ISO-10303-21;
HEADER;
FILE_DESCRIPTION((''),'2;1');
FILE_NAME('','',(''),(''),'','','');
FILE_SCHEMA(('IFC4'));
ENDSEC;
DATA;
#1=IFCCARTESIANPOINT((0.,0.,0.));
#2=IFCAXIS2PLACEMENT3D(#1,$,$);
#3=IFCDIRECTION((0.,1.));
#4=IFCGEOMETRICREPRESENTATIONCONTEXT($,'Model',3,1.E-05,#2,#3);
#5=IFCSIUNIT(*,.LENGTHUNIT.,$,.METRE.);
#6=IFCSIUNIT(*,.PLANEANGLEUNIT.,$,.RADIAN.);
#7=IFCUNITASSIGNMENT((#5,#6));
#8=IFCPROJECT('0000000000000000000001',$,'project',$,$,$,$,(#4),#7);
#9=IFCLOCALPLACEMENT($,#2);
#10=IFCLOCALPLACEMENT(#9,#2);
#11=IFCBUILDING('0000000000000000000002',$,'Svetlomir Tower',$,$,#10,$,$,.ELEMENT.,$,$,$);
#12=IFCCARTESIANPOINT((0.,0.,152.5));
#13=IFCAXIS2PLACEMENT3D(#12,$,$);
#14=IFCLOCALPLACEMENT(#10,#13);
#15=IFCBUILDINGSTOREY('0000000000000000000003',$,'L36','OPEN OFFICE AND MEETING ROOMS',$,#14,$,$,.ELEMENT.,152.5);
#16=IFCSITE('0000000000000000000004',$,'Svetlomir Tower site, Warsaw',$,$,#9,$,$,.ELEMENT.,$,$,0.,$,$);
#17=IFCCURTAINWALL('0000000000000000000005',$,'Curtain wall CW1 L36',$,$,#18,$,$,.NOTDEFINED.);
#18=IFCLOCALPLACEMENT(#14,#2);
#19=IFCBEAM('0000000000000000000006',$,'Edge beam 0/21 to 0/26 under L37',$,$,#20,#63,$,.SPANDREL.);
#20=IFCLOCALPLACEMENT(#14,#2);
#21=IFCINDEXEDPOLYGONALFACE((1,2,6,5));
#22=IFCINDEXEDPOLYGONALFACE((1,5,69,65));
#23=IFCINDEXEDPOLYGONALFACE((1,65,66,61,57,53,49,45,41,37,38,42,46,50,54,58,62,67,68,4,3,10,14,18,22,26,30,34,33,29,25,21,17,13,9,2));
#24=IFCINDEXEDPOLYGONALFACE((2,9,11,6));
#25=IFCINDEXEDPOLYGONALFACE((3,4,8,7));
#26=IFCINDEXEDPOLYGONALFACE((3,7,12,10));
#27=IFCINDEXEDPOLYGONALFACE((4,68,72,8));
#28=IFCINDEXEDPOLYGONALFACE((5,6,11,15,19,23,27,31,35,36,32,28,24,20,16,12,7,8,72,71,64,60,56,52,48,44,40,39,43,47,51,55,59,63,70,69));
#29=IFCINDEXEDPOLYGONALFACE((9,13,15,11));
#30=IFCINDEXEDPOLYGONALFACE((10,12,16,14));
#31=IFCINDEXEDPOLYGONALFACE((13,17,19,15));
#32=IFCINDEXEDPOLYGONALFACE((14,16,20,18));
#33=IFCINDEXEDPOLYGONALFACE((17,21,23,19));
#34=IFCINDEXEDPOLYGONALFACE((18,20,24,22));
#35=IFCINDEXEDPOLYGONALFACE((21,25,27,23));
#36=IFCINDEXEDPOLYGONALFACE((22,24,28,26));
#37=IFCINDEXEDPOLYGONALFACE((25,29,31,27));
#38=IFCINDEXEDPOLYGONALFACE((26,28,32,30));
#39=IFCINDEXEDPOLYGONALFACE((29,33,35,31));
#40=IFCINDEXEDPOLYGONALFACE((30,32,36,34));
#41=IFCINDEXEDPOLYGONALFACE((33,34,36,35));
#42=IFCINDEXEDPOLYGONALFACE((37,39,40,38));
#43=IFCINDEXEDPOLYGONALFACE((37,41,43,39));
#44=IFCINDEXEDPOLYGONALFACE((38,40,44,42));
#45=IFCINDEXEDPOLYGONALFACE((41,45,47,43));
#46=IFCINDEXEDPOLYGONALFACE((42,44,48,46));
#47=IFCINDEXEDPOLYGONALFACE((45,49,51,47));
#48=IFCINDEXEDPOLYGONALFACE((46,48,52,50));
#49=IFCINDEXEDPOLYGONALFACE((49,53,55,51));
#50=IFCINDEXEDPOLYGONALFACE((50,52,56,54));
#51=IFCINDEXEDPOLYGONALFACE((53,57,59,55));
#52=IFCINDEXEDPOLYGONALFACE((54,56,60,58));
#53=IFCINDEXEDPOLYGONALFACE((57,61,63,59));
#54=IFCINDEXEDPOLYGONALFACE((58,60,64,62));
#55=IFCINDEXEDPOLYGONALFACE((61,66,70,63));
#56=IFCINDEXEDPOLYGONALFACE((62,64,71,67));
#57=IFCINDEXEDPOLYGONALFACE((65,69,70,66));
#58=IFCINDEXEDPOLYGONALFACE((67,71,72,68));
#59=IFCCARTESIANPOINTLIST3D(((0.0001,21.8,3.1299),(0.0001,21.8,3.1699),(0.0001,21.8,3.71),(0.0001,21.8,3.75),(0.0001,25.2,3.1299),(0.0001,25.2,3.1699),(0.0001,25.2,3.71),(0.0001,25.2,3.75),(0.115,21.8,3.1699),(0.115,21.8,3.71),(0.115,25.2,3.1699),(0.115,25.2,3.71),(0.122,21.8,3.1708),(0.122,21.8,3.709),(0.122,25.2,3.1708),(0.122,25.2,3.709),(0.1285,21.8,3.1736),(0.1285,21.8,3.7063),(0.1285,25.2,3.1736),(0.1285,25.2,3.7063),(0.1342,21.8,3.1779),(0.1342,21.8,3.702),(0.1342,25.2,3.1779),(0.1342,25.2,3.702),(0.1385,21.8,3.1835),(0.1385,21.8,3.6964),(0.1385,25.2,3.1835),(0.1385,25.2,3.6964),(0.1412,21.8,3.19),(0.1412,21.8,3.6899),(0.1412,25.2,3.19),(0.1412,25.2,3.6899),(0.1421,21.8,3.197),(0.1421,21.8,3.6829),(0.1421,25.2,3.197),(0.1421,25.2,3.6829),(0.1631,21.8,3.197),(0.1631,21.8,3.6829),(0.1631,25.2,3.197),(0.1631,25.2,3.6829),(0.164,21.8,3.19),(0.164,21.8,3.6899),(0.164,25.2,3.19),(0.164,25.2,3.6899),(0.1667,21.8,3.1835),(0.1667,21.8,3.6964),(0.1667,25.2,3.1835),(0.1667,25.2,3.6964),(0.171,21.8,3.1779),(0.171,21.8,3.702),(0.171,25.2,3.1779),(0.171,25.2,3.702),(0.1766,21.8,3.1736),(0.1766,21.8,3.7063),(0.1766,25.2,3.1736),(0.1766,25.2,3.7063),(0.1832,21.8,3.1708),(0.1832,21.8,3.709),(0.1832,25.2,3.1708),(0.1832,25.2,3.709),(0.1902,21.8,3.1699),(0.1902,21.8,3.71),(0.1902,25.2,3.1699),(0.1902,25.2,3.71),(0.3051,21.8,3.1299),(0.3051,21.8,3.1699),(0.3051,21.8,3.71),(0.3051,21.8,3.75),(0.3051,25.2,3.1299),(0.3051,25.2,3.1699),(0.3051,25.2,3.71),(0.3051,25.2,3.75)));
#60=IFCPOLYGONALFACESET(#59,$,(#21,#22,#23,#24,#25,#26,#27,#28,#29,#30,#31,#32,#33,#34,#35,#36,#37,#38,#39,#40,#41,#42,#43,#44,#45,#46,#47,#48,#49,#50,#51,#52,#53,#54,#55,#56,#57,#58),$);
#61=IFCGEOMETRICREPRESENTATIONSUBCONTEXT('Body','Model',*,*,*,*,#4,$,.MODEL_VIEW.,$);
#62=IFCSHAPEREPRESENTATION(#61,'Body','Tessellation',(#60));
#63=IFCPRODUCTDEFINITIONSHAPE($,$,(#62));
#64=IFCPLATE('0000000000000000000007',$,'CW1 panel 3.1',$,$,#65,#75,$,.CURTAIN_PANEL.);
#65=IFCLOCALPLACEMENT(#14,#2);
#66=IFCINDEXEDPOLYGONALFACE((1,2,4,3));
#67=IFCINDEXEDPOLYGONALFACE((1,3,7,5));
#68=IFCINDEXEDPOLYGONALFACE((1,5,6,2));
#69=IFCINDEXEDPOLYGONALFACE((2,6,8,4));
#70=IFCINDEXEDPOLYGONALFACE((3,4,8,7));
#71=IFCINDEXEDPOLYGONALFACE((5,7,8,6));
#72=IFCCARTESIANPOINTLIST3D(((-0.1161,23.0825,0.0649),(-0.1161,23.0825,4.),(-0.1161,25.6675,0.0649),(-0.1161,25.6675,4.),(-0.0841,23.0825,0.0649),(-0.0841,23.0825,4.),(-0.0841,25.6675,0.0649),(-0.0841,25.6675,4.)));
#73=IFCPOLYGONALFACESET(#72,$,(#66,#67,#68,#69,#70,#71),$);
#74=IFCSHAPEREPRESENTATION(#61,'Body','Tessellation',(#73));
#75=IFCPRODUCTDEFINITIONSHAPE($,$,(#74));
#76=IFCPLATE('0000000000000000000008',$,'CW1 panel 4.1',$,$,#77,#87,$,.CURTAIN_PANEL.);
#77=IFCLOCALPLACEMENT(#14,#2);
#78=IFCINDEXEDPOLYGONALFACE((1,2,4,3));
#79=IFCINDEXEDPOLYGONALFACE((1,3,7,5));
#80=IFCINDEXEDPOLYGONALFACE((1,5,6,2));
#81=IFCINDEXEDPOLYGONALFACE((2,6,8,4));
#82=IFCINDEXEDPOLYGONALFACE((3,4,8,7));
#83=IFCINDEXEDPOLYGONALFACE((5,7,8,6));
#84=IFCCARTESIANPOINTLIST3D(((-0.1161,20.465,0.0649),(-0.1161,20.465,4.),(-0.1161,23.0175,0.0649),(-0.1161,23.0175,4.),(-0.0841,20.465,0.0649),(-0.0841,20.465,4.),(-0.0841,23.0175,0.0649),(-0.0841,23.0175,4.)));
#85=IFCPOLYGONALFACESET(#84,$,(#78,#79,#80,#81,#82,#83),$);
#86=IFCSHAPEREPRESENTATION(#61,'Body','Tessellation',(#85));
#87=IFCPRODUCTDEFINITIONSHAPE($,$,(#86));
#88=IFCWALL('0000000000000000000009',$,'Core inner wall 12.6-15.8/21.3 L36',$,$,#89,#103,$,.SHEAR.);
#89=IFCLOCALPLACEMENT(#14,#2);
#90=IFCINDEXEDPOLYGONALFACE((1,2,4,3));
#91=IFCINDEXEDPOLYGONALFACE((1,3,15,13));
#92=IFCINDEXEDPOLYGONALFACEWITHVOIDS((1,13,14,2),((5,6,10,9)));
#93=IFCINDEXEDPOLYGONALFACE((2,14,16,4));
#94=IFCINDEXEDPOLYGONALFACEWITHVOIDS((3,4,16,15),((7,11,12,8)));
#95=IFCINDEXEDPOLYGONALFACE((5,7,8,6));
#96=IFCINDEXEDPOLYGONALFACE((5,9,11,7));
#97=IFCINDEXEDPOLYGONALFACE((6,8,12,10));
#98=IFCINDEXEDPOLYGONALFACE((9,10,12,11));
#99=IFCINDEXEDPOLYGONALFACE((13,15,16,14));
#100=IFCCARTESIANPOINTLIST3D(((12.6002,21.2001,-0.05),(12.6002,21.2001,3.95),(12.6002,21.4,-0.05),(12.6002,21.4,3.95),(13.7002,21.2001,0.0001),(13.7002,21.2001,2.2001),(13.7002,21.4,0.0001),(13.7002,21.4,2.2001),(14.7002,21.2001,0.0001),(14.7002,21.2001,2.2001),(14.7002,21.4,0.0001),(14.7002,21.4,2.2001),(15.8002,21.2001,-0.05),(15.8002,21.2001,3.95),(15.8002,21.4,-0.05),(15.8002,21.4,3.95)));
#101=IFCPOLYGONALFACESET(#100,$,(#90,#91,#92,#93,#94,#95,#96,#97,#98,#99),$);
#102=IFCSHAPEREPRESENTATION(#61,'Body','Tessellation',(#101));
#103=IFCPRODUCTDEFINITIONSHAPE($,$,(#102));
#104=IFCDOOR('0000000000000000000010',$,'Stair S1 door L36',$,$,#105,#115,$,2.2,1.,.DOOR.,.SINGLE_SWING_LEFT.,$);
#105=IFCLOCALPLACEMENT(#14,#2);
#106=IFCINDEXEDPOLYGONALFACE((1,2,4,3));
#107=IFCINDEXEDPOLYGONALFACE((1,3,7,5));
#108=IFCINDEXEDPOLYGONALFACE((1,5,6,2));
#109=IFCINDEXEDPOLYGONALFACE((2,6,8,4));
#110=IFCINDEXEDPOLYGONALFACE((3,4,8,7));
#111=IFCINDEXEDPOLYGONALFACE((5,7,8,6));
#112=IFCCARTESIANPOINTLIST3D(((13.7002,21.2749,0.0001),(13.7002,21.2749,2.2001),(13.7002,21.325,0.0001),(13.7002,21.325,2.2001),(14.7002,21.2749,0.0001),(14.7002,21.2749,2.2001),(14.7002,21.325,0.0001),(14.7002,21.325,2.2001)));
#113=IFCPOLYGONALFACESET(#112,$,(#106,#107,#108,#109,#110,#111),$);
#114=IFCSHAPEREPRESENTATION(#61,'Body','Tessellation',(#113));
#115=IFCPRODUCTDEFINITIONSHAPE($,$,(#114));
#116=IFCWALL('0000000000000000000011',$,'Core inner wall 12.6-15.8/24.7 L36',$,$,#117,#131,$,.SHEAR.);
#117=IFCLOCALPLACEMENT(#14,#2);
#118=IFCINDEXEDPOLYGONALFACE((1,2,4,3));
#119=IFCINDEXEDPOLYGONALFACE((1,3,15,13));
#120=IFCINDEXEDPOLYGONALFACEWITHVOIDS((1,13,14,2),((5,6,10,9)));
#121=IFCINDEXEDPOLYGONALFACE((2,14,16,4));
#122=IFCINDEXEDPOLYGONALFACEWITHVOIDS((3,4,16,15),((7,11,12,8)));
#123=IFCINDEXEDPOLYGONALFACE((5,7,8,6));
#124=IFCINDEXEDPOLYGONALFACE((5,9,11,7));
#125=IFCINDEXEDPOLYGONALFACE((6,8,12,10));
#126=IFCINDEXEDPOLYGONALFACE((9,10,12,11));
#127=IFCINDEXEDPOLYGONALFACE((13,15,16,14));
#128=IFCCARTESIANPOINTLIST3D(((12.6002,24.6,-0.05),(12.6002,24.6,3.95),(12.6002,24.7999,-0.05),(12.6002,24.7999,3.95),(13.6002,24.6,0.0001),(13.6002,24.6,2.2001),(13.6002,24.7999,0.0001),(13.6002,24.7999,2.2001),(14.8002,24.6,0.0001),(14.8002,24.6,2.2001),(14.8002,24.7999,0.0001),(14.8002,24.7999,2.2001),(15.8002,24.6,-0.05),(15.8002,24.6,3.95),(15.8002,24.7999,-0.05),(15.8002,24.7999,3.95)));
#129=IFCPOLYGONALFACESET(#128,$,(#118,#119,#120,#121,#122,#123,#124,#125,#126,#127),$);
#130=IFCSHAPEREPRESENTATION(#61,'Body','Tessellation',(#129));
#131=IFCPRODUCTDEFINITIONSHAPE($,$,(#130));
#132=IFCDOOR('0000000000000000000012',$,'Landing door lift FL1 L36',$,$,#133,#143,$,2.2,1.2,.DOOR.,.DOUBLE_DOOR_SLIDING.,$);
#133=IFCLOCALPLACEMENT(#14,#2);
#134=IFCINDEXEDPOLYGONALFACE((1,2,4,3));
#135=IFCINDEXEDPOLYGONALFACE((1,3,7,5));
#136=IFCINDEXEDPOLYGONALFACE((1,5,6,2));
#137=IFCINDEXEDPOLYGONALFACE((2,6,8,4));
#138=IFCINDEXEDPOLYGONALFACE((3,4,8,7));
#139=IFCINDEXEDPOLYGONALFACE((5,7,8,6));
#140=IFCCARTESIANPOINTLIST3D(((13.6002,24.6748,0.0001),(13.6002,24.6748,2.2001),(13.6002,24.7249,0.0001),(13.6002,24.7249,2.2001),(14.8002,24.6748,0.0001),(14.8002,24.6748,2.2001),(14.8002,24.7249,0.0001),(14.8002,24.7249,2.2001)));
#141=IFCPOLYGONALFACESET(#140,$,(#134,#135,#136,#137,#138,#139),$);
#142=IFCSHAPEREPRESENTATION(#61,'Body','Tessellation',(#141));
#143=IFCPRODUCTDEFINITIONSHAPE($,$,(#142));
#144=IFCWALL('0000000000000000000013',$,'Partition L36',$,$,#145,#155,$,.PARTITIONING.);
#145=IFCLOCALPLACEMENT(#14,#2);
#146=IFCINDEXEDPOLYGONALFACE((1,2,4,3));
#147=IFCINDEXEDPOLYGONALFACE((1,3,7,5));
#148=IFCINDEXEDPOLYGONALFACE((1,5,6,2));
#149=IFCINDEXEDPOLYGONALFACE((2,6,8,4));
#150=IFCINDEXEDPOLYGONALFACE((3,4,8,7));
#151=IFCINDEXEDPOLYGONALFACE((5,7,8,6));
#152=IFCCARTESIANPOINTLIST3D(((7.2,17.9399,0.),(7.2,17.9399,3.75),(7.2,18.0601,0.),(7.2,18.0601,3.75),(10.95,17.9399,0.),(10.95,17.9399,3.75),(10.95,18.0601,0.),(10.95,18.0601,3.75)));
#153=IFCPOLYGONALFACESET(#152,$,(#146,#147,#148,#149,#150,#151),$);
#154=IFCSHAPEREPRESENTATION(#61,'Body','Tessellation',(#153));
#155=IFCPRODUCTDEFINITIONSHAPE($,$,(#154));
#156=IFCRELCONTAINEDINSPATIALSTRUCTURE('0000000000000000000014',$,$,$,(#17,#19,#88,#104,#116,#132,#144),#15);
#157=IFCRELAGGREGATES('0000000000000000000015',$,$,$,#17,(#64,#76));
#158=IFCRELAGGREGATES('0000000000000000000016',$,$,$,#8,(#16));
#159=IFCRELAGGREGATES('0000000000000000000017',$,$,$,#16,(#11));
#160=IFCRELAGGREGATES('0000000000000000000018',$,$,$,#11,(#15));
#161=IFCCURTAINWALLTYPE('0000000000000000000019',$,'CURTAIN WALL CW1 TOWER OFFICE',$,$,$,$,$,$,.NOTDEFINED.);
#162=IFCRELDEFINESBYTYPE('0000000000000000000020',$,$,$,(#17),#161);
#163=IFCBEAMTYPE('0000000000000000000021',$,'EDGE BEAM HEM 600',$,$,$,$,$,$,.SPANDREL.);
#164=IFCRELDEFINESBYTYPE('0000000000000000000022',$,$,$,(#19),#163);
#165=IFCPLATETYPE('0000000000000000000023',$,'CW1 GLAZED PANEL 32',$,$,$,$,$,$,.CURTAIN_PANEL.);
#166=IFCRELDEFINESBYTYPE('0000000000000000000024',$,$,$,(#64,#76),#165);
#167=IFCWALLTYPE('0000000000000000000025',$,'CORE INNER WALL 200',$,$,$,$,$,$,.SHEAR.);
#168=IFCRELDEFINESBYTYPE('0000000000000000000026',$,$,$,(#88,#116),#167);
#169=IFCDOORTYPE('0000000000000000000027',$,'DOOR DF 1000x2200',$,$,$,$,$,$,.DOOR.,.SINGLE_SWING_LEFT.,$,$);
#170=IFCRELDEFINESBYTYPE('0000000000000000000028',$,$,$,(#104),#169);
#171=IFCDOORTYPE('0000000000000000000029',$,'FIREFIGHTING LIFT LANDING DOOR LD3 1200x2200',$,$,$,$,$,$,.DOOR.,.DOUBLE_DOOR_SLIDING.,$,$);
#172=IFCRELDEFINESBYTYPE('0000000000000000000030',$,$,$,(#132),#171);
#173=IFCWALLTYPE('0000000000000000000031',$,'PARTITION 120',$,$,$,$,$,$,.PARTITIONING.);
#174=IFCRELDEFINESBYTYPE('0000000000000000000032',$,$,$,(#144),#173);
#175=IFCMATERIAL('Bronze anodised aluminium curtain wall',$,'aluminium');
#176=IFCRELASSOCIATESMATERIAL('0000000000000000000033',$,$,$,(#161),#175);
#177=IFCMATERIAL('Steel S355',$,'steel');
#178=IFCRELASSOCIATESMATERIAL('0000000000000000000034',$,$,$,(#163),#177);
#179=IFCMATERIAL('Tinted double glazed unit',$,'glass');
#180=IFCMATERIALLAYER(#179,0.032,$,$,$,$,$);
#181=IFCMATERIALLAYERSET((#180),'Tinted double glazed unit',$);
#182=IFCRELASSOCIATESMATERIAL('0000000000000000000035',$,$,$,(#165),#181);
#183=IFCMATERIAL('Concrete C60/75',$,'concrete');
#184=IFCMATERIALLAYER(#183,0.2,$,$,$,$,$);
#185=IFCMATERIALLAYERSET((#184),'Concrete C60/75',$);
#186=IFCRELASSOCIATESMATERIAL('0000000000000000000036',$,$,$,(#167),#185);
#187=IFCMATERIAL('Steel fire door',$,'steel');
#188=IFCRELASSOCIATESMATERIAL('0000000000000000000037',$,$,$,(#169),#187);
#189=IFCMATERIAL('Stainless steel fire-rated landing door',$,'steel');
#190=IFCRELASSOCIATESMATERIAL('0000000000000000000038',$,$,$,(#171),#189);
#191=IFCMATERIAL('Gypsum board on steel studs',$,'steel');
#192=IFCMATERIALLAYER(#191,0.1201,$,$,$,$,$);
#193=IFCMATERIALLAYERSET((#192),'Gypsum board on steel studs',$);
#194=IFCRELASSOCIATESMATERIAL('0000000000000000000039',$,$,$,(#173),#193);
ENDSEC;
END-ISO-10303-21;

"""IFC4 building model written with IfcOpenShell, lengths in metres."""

from ifc_helpers import new_model, si_unit, direction, frame, frame_2d, origin, origin_2d, place, context, subcontext, project, spatial, rectangle, i_section, extrude, material, layer, layer_set, material_profile, profile_set, type_object, element, fill, aggregate, save


model = new_model("IFC4")

# Units and contexts
model_context = context("Model", 3, precision=1e-05, world=origin(), true_north=direction((0.0, 1.0)))
body_context = subcontext(model_context, "Body", "Model", "MODEL_VIEW")
ifc_project = project(units=[si_unit("LENGTHUNIT", "METRE"), si_unit("PLANEANGLEUNIT", "RADIAN")], contexts=[model_context])

# Site, building, storey
site_placement = place(None, origin())
site = spatial("IfcSite", under=ifc_project, at=site_placement, Name="Svetlomir Tower site, Warsaw", CompositionType="ELEMENT", RefElevation=0.0)
building_placement = place(site_placement, origin())
building = spatial("IfcBuilding", under=site, at=building_placement, Name="Svetlomir Tower", CompositionType="ELEMENT")
storey_placement = place(building_placement, frame((0.0, 0.0, 152.5)))
storey = spatial("IfcBuildingStorey", under=building, at=storey_placement, Name="L36", Description="OPEN OFFICE AND MEETING ROOMS", CompositionType="ELEMENT", Elevation=152.5)

# Curtain wall
ifc_material_1 = material(Name="Bronze anodised aluminium curtain wall", Category="aluminium")
curtain_wall_type = type_object("IfcCurtainWallType", Name="CURTAIN WALL CW1 TOWER OFFICE", PredefinedType="NOTDEFINED", material=ifc_material_1)
curtain_wall_1_placement = place(storey_placement, origin())
curtain_wall_1 = element("IfcCurtainWall", 1, at=curtain_wall_1_placement, inside=storey, type_object=curtain_wall_type, Name="Curtain wall CW1 L36", PredefinedType="NOTDEFINED")

# Beam
ifc_material_2 = material(Name="Steel S355", Category="steel")
ifc_material_profile_1 = material_profile(ifc_material_2, i_section(OverallWidth=0.3049, OverallDepth=0.6201, WebThickness=0.021, FlangeThickness=0.04, FilletRadius=0.0271, at=origin_2d()), Name="HEM 600")
ifc_profile_set_1 = profile_set([ifc_material_profile_1], Name="Steel S355")
beam_type_1 = type_object("IfcBeamType", Name="EDGE BEAM HEM 600", PredefinedType="SPANDREL", material=ifc_profile_set_1)
beam_1_placement = place(storey_placement, frame((0.1526, 21.8, 3.4399), z_axis=(0.0, 1.0, 0.0), x_axis=(-1.0, 0.0, 0.0)))
element("IfcBeam", 2, at=beam_1_placement, inside=storey, type_object=beam_type_1, Name="Edge beam 0/21 to 0/26 under L37", PredefinedType="SPANDREL", context=body_context, shape_type="SweptSolid", body=[
    extrude(i_section(OverallWidth=0.3049, OverallDepth=0.6201, WebThickness=0.021, FlangeThickness=0.04, FilletRadius=0.0271, at=origin_2d()), origin(), (0.0, 0.0, 1.0), 3.3999),
])

# Plates
ifc_material_3 = material(Name="Tinted double glazed unit", Category="glass")
ifc_layer_1 = layer(ifc_material_3, 0.032)
ifc_layer_set_1 = layer_set([ifc_layer_1], Name="Tinted double glazed unit")
plate_type = type_object("IfcPlateType", Name="CW1 GLAZED PANEL 32", PredefinedType="CURTAIN_PANEL", material=ifc_layer_set_1)
plate_1_placement = place(storey_placement, frame((-0.1001, 24.375, 0.0649), z_axis=(0.0, 0.0, 1.0), x_axis=(0.0, -1.0, 0.0)))
plate_1 = element("IfcPlate", 3, at=plate_1_placement, type_object=plate_type, Name="CW1 panel 3.1", PredefinedType="CURTAIN_PANEL", context=body_context, shape_type="SweptSolid", body=[
    extrude(rectangle(XDim=2.585, YDim=0.032, at=origin_2d()), origin(), (0.0, 0.0, 1.0), 3.9351),
])
plate_2_placement = place(storey_placement, frame((-0.1001, 21.7412, 0.0649), z_axis=(0.0, 0.0, 1.0), x_axis=(0.0, -1.0, 0.0)))
plate_2 = element("IfcPlate", 4, at=plate_2_placement, type_object=plate_type, Name="CW1 panel 4.1", PredefinedType="CURTAIN_PANEL", context=body_context, shape_type="SweptSolid", body=[
    extrude(rectangle(XDim=2.5525, YDim=0.032, at=origin_2d()), origin(), (0.0, 0.0, 1.0), 3.9351),
])
aggregate(curtain_wall_1, [plate_1, plate_2])

# Walls, openings, doors
ifc_material_4 = material(Name="Concrete C60/75", Category="concrete")
ifc_layer_2 = layer(ifc_material_4, 0.2)
ifc_layer_set_2 = layer_set([ifc_layer_2], Name="Concrete C60/75")
wall_type_1 = type_object("IfcWallType", Name="CORE INNER WALL 200", PredefinedType="SHEAR", material=ifc_layer_set_2)
wall_1_placement = place(storey_placement, frame((12.6001, 21.3, -0.05), z_axis=(0.0, 0.0, 1.0), x_axis=(1.0, 0.0, 0.0)))
wall_1 = element("IfcWall", 5, at=wall_1_placement, inside=storey, type_object=wall_type_1, Name="Core inner wall 12.6-15.8/21.3 L36", PredefinedType="SHEAR", context=body_context, shape_type="SweptSolid", body=[
    extrude(rectangle(XDim=3.2, YDim=0.2, at=frame_2d((1.6001, 0.0))), origin(), (0.0, 0.0, 1.0), 4.0),
])
opening_1_placement = place(wall_1_placement, frame((1.1001, 0.0, 0.05)))
opening_1 = element("IfcOpeningElement", 6, at=opening_1_placement, cuts=wall_1, PredefinedType="OPENING", context=body_context, shape_type="SweptSolid", body=[
    extrude(rectangle(XDim=1.0, YDim=2.2, at=frame_2d((0.5, 1.1001))), frame((0.0, 0.1099, 0.0), z_axis=(0.0, -1.0, 0.0), x_axis=(1.0, 0.0, 0.0)), (0.0, 0.0, 1.0), 0.22),
])
ifc_material_5 = material(Name="Steel fire door", Category="steel")
door_type_1 = type_object("IfcDoorType", Name="DOOR DF 1000x2200", OperationType="SINGLE_SWING_LEFT", PredefinedType="DOOR", material=ifc_material_5)
door_1_placement = place(opening_1_placement, origin())
door_1 = element("IfcDoor", 7, at=door_1_placement, inside=storey, type_object=door_type_1, Name="Stair S1 door L36", OperationType="SINGLE_SWING_LEFT", OverallHeight=2.2, OverallWidth=1.0, PredefinedType="DOOR", context=body_context, shape_type="SweptSolid", body=[
    extrude(rectangle(XDim=1.0, YDim=2.2, at=frame_2d((0.5, 1.1001))), frame((0.0, 0.0249, 0.0), z_axis=(0.0, -1.0, 0.0), x_axis=(1.0, 0.0, 0.0)), (0.0, 0.0, 1.0), 0.05),
])
fill(opening_1, door_1)
wall_2_placement = place(storey_placement, frame((12.6001, 24.7, -0.05), z_axis=(0.0, 0.0, 1.0), x_axis=(1.0, 0.0, 0.0)))
wall_2 = element("IfcWall", 8, at=wall_2_placement, inside=storey, type_object=wall_type_1, Name="Core inner wall 12.6-15.8/24.7 L36", PredefinedType="SHEAR", context=body_context, shape_type="SweptSolid", body=[
    extrude(rectangle(XDim=3.2, YDim=0.2, at=frame_2d((1.6001, 0.0))), origin(), (0.0, 0.0, 1.0), 4.0),
])
opening_2_placement = place(wall_2_placement, frame((1.0, 0.0, 0.05)))
opening_2 = element("IfcOpeningElement", 9, at=opening_2_placement, cuts=wall_2, PredefinedType="OPENING", context=body_context, shape_type="SweptSolid", body=[
    extrude(rectangle(XDim=1.2, YDim=2.2, at=frame_2d((0.6001, 1.1001))), frame((0.0, 0.1099, 0.0), z_axis=(0.0, -1.0, 0.0), x_axis=(1.0, 0.0, 0.0)), (0.0, 0.0, 1.0), 0.22),
])
ifc_material_6 = material(Name="Stainless steel fire-rated landing door", Category="steel")
door_type_2 = type_object("IfcDoorType", Name="FIREFIGHTING LIFT LANDING DOOR LD3 1200x2200", OperationType="DOUBLE_DOOR_SLIDING", PredefinedType="DOOR", material=ifc_material_6)
door_2_placement = place(opening_2_placement, origin())
door_2 = element("IfcDoor", 10, at=door_2_placement, inside=storey, type_object=door_type_2, Name="Landing door lift FL1 L36", OperationType="DOUBLE_DOOR_SLIDING", OverallHeight=2.2, OverallWidth=1.2, PredefinedType="DOOR", context=body_context, shape_type="SweptSolid", body=[
    extrude(rectangle(XDim=1.2, YDim=2.2, at=frame_2d((0.6001, 1.1001))), frame((0.0, 0.0249, 0.0), z_axis=(0.0, -1.0, 0.0), x_axis=(1.0, 0.0, 0.0)), (0.0, 0.0, 1.0), 0.05),
])
fill(opening_2, door_2)

# Wall
ifc_material_7 = material(Name="Gypsum board on steel studs", Category="steel")
ifc_layer_3 = layer(ifc_material_7, 0.1201)
ifc_layer_set_3 = layer_set([ifc_layer_3], Name="Gypsum board on steel studs")
wall_type_2 = type_object("IfcWallType", Name="PARTITION 120", PredefinedType="PARTITIONING", material=ifc_layer_set_3)
wall_3_placement = place(storey_placement, frame((7.2, 18.0, 0.0), z_axis=(0.0, 0.0, 1.0), x_axis=(1.0, 0.0, 0.0)))
element("IfcWall", 11, at=wall_3_placement, inside=storey, type_object=wall_type_2, Name="Partition L36", PredefinedType="PARTITIONING", context=body_context, shape_type="SweptSolid", body=[
    extrude(rectangle(XDim=3.75, YDim=0.1201, at=frame_2d((1.875, 0.0))), origin(), (0.0, 0.0, 1.0), 3.75),
])

save(model, "model.ifc")
